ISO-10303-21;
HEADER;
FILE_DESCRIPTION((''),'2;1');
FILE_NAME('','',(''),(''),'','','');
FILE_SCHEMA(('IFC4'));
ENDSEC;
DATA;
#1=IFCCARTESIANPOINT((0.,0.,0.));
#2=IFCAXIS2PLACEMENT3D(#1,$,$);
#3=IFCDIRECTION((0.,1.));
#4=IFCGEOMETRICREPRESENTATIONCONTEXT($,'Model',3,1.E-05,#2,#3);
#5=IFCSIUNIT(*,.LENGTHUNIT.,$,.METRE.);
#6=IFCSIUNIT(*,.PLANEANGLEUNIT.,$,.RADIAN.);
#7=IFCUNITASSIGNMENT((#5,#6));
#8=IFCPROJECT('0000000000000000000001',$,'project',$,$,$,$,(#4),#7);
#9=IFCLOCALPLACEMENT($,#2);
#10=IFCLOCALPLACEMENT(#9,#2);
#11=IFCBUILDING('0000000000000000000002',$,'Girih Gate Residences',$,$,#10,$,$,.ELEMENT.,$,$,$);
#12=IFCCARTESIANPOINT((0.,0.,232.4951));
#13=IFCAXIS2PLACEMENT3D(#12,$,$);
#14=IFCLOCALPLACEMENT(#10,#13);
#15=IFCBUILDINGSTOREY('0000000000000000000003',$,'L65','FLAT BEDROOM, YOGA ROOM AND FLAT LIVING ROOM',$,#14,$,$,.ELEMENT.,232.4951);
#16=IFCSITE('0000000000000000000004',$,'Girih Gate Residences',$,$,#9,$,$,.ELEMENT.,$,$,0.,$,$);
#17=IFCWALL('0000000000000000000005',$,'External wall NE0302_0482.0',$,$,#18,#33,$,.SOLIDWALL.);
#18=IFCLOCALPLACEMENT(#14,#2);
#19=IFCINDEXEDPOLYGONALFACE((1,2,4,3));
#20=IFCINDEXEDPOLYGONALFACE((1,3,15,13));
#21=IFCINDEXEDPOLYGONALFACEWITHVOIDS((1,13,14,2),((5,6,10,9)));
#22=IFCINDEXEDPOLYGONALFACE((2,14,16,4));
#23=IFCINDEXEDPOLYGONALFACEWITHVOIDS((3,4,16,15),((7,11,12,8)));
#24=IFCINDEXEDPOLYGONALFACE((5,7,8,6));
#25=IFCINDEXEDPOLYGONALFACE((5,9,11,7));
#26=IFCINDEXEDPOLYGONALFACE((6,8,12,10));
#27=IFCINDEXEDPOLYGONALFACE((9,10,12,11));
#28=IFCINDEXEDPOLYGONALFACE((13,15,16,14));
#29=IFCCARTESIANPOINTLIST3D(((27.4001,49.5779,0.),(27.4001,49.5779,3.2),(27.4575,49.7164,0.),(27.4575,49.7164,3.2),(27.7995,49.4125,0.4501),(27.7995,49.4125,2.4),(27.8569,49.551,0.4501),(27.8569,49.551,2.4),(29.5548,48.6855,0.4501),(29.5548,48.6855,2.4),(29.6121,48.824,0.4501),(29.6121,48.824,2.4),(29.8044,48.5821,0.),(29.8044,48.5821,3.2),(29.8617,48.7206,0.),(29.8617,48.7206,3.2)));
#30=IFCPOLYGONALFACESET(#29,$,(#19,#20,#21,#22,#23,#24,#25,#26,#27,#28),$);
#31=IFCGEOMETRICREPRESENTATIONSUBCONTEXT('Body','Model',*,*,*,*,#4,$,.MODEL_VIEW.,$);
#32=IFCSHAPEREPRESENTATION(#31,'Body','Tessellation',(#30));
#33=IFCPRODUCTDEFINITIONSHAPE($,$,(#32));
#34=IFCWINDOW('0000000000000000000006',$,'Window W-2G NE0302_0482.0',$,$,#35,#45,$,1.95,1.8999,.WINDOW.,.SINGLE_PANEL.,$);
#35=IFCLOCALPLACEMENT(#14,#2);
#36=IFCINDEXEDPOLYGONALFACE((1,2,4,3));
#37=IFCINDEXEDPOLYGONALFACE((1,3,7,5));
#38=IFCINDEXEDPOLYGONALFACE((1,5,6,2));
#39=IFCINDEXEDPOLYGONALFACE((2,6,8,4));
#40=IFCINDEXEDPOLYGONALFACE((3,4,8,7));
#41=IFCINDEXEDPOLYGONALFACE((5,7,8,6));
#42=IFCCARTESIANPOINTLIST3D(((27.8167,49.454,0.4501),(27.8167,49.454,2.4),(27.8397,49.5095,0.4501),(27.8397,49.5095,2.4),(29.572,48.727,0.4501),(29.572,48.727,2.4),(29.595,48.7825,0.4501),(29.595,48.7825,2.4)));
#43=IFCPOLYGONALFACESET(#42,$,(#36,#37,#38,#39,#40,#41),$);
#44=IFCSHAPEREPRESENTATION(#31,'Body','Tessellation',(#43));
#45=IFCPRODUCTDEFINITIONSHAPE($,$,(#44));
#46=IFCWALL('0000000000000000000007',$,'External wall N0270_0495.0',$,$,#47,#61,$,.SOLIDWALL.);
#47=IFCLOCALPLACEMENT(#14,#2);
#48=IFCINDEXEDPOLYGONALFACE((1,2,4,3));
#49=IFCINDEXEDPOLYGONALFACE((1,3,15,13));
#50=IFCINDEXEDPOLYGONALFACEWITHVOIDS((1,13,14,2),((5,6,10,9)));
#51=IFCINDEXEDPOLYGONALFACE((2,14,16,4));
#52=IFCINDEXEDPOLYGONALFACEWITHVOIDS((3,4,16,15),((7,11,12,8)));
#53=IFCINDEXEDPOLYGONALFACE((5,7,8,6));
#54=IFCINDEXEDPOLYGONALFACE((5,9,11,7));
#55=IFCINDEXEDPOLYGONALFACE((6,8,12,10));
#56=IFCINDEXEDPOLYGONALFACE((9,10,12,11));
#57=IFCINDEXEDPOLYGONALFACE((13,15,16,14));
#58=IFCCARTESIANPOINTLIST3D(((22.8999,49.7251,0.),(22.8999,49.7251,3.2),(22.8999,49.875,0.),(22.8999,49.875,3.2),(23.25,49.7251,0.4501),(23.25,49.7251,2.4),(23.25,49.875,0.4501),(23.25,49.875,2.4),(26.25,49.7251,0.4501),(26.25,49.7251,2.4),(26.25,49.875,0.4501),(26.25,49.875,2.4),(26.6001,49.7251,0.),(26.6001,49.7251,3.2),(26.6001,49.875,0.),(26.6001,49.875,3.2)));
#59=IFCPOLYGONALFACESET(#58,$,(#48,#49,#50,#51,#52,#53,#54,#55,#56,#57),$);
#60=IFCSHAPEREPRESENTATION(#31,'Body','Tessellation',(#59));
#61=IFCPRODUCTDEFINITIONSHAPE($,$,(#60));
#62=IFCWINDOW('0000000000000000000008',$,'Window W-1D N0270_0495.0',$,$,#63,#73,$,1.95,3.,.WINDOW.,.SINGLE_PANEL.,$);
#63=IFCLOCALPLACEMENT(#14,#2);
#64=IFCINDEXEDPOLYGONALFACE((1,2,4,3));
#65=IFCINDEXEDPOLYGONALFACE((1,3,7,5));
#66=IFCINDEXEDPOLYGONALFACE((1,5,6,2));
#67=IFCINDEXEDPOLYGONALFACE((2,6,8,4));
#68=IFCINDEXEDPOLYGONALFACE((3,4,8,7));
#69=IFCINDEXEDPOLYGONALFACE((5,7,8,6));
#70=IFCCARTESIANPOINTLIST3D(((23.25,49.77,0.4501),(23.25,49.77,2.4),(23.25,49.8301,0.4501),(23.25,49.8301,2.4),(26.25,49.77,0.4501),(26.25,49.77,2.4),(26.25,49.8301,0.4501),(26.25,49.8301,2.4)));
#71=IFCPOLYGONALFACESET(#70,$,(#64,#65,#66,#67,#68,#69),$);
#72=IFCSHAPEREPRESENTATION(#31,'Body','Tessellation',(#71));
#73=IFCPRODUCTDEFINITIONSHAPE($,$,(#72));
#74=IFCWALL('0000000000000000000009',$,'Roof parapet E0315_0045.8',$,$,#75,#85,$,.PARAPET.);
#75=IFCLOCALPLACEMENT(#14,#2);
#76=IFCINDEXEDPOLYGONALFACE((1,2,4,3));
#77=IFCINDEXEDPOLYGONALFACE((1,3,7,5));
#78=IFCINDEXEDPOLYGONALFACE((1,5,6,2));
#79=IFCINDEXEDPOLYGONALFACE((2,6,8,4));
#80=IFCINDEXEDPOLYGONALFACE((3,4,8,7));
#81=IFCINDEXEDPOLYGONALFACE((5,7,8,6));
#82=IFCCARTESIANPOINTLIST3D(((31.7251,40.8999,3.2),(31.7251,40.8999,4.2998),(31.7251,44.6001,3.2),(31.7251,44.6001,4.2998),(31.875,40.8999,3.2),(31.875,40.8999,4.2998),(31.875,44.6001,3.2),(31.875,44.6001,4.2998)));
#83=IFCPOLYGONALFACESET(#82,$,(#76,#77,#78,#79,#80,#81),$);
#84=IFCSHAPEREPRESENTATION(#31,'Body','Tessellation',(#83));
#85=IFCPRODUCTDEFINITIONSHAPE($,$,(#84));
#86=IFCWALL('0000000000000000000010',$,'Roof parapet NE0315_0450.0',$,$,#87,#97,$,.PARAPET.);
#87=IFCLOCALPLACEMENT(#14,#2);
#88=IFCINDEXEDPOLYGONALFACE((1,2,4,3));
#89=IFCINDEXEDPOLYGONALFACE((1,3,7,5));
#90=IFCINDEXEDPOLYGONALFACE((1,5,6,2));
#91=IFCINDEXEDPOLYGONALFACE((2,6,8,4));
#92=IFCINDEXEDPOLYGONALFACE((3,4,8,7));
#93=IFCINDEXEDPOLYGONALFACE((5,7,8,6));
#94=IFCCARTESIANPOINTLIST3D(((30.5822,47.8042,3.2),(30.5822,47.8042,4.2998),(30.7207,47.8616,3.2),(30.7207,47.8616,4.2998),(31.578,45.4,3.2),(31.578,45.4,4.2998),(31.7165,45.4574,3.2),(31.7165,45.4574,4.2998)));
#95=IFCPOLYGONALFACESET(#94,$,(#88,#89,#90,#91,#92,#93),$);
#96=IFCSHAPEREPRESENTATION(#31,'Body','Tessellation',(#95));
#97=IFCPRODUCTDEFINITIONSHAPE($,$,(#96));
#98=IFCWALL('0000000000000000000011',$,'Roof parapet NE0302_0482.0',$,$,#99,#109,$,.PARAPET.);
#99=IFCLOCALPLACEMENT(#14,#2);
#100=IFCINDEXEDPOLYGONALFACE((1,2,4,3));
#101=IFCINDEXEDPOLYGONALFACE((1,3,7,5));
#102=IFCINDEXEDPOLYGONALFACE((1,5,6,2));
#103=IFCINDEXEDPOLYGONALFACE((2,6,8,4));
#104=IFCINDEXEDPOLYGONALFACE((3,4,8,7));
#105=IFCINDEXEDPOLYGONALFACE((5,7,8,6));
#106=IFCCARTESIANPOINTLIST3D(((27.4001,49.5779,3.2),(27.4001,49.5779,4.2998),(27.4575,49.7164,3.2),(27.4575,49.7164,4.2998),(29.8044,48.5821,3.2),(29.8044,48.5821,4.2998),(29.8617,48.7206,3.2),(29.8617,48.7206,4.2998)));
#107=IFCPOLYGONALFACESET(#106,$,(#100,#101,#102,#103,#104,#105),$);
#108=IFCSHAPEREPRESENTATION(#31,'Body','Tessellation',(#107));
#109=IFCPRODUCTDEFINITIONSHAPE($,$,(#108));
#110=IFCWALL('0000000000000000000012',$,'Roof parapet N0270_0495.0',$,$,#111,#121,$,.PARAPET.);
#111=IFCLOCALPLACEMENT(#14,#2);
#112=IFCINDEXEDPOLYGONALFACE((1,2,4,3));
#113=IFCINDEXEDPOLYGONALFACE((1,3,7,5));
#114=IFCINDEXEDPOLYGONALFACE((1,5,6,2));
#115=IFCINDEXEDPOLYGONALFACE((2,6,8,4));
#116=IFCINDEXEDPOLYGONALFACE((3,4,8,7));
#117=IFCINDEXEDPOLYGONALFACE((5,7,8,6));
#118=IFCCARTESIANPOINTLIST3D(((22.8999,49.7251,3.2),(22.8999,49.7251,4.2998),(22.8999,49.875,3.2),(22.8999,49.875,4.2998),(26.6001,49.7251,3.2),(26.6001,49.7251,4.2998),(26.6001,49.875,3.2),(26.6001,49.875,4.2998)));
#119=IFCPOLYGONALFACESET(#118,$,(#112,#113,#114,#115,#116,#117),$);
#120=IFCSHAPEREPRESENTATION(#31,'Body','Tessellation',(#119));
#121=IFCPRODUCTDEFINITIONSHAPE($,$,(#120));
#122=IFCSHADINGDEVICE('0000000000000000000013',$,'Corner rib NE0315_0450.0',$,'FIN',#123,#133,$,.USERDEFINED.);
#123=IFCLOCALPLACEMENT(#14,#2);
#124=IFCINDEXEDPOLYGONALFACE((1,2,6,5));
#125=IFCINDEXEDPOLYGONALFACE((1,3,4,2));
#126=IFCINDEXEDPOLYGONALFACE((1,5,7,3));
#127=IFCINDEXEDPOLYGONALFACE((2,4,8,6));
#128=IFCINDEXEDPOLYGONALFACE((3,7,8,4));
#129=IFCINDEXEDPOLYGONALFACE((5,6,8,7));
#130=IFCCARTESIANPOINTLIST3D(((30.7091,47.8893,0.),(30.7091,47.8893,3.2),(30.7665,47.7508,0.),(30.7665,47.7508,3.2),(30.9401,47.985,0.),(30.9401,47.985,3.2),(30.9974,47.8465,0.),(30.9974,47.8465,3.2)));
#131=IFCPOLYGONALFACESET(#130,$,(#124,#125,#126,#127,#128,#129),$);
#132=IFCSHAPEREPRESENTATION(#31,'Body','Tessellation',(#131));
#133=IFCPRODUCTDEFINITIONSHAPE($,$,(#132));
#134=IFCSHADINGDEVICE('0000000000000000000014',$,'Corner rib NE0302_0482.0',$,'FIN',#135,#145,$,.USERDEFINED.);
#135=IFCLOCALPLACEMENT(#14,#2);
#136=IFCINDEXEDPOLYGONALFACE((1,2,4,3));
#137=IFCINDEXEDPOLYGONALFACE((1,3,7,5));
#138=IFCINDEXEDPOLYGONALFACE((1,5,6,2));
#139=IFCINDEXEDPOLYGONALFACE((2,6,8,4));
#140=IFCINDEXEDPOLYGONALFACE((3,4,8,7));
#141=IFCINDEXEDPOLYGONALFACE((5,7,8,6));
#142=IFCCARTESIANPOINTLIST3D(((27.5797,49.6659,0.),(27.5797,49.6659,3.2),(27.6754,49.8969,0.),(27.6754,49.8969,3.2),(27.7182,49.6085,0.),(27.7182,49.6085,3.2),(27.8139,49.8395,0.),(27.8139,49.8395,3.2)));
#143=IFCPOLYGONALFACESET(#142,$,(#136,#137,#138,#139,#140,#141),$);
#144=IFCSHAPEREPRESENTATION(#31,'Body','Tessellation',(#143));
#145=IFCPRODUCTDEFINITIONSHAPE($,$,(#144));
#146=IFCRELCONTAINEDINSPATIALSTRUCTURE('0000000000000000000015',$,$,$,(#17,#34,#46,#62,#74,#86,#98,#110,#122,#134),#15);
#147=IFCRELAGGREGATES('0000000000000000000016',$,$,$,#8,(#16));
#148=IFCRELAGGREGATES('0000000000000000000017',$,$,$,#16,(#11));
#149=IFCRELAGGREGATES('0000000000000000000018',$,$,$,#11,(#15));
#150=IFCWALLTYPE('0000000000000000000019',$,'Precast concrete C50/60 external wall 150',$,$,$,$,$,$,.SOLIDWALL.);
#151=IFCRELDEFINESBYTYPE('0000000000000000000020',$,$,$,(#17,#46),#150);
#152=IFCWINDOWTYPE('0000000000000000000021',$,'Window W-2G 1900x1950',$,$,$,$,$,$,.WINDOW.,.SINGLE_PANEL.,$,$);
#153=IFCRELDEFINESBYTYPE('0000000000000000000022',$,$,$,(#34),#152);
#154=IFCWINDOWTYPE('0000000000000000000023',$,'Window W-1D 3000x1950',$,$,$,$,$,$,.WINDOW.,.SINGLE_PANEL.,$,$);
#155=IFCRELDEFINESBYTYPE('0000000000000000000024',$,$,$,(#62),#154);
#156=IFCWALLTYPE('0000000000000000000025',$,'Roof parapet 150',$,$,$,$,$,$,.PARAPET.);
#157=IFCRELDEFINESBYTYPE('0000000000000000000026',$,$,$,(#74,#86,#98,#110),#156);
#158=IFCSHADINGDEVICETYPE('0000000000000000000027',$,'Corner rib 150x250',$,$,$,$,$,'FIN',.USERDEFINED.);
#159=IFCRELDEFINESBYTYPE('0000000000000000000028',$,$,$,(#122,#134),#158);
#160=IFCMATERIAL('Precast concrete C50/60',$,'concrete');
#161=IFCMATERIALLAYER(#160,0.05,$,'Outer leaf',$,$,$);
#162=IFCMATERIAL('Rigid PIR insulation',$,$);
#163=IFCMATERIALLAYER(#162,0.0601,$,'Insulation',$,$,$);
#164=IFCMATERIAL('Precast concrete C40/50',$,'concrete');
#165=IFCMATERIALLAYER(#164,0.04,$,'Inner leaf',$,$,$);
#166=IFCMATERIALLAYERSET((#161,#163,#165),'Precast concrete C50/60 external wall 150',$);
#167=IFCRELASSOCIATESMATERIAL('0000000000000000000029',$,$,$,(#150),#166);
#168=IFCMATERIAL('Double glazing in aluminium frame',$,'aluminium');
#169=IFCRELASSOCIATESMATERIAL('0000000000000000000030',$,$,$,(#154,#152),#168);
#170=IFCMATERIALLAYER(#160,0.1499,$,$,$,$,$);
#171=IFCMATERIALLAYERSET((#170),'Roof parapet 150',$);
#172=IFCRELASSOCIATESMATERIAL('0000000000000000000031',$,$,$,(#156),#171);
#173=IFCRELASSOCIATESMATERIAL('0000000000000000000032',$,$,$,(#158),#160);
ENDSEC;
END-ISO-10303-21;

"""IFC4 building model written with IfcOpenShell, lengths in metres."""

from ifc_helpers import new_model, si_unit, direction, frame, frame_2d, origin, origin_2d, place, context, subcontext, project, spatial, rectangle, extrude, material, layer, layer_set, type_object, element, fill, save


model = new_model("IFC4")

# Units and contexts
model_context = context("Model", 3, precision=1e-05, world=origin(), true_north=direction((0.0, 1.0)))
body_context = subcontext(model_context, "Body", "Model", "MODEL_VIEW")
ifc_project = project(units=[si_unit("LENGTHUNIT", "METRE"), si_unit("PLANEANGLEUNIT", "RADIAN")], contexts=[model_context])

# Site, building, storey
site_placement = place(None, origin())
site = spatial("IfcSite", under=ifc_project, at=site_placement, Name="Girih Gate Residences", CompositionType="ELEMENT", RefElevation=0.0)
building_placement = place(site_placement, origin())
building = spatial("IfcBuilding", under=site, at=building_placement, Name="Girih Gate Residences", CompositionType="ELEMENT")
storey_placement = place(building_placement, frame((0.0, 0.0, 232.4951)))
storey = spatial("IfcBuildingStorey", under=building, at=storey_placement, Name="L65", Description="FLAT BEDROOM, YOGA ROOM AND FLAT LIVING ROOM", CompositionType="ELEMENT", Elevation=232.4951)

# Walls, openings, windows
ifc_material_1 = material(Name="Precast concrete C50/60", Category="concrete")
ifc_layer_1 = layer(ifc_material_1, 0.05, Name="Outer leaf")
ifc_material_2 = material(Name="Rigid PIR insulation")
ifc_layer_2 = layer(ifc_material_2, 0.0601, Name="Insulation")
ifc_material_3 = material(Name="Precast concrete C40/50", Category="concrete")
ifc_layer_3 = layer(ifc_material_3, 0.04, Name="Inner leaf")
ifc_layer_set_1 = layer_set([ifc_layer_1, ifc_layer_2, ifc_layer_3], Name="Precast concrete C50/60 external wall 150")
wall_type_1 = type_object("IfcWallType", Name="Precast concrete C50/60 external wall 150", PredefinedType="SOLIDWALL", material=ifc_layer_set_1)
ifc_material_4 = material(Name="Double glazing in aluminium frame", Category="aluminium")
window_type_1 = type_object("IfcWindowType", Name="Window W-1D 3000x1950", PartitioningType="SINGLE_PANEL", PredefinedType="WINDOW", material=ifc_material_4)
window_type_2 = type_object("IfcWindowType", Name="Window W-2G 1900x1950", PartitioningType="SINGLE_PANEL", PredefinedType="WINDOW", material=ifc_material_4)
wall_1_placement = place(storey_placement, frame((27.4287, 49.6472, 0.0), z_axis=(0.0, 0.0, 1.0), x_axis=(0.923885, -0.382669, 0.0)))
wall_1 = element("IfcWall", 1, at=wall_1_placement, inside=storey, type_object=wall_type_1, Name="External wall NE0302_0482.0", PredefinedType="SOLIDWALL", context=body_context, shape_type="SweptSolid", body=[
    extrude(rectangle(XDim=2.6023, YDim=0.1499, at=frame_2d((1.3013, 0.0))), origin(), (0.0, 0.0, 1.0), 3.2),
])
opening_1_placement = place(wall_1_placement, frame((0.4324, 0.0, 0.45)))
opening_1 = element("IfcOpeningElement", 2, at=opening_1_placement, cuts=wall_1, PredefinedType="OPENING", context=body_context, shape_type="SweptSolid", body=[
    extrude(rectangle(XDim=1.8999, YDim=1.95, at=frame_2d((0.95, 0.9751))), frame((0.0, 0.085, 0.0), z_axis=(0.0, -1.0, 0.0), x_axis=(1.0, 0.0, 0.0)), (0.0, 0.0, 1.0), 0.1699),
])
window_1_placement = place(opening_1_placement, origin())
window_1 = element("IfcWindow", 3, at=window_1_placement, inside=storey, type_object=window_type_2, Name="Window W-2G NE0302_0482.0", OverallHeight=1.95, OverallWidth=1.8999, PartitioningType="SINGLE_PANEL", PredefinedType="WINDOW", context=body_context, shape_type="SweptSolid", body=[
    extrude(rectangle(XDim=1.8999, YDim=1.95, at=frame_2d((0.95, 0.9751))), frame((0.0, 0.03, 0.0), z_axis=(0.0, -1.0, 0.0), x_axis=(1.0, 0.0, 0.0)), (0.0, 0.0, 1.0), 0.0601),
])
fill(opening_1, window_1)
wall_2_placement = place(storey_placement, frame((22.8999, 49.8, 0.0), z_axis=(0.0, 0.0, 1.0), x_axis=(1.0, 0.0, 0.0)))
wall_2 = element("IfcWall", 4, at=wall_2_placement, inside=storey, type_object=wall_type_1, Name="External wall N0270_0495.0", PredefinedType="SOLIDWALL", context=body_context, shape_type="SweptSolid", body=[
    extrude(rectangle(XDim=3.7002, YDim=0.1499, at=frame_2d((1.8501, 0.0))), origin(), (0.0, 0.0, 1.0), 3.2),
])
opening_2_placement = place(wall_2_placement, frame((0.3501, 0.0, 0.45)))
opening_2 = element("IfcOpeningElement", 5, at=opening_2_placement, cuts=wall_2, PredefinedType="OPENING", context=body_context, shape_type="SweptSolid", body=[
    extrude(rectangle(XDim=3.0, YDim=1.95, at=frame_2d((1.5, 0.9751))), frame((0.0, 0.085, 0.0), z_axis=(0.0, -1.0, 0.0), x_axis=(1.0, 0.0, 0.0)), (0.0, 0.0, 1.0), 0.1699),
])
window_2_placement = place(opening_2_placement, origin())
window_2 = element("IfcWindow", 6, at=window_2_placement, inside=storey, type_object=window_type_1, Name="Window W-1D N0270_0495.0", OverallHeight=1.95, OverallWidth=3.0, PartitioningType="SINGLE_PANEL", PredefinedType="WINDOW", context=body_context, shape_type="SweptSolid", body=[
    extrude(rectangle(XDim=3.0, YDim=1.95, at=frame_2d((1.5, 0.9751))), frame((0.0, 0.03, 0.0), z_axis=(0.0, -1.0, 0.0), x_axis=(1.0, 0.0, 0.0)), (0.0, 0.0, 1.0), 0.0601),
])
fill(opening_2, window_2)

# Walls
ifc_layer_4 = layer(ifc_material_1, 0.1499)
ifc_layer_set_2 = layer_set([ifc_layer_4], Name="Roof parapet 150")
wall_type_2 = type_object("IfcWallType", Name="Roof parapet 150", PredefinedType="PARAPET", material=ifc_layer_set_2)
wall_3_placement = place(storey_placement, frame((31.8, 44.6001, 3.2), z_axis=(0.0, 0.0, 1.0), x_axis=(0.0, -1.0, 0.0)))
element("IfcWall", 7, at=wall_3_placement, inside=storey, type_object=wall_type_2, Name="Roof parapet E0315_0045.8", PredefinedType="PARAPET", context=body_context, shape_type="SweptSolid", body=[
    extrude(rectangle(XDim=3.7002, YDim=0.1499, at=frame_2d((1.8501, 0.0))), origin(), (0.0, 0.0, 1.0), 1.0999),
])
for number, where, z_axis, x_axis, name in (
    (8, (30.6514, 47.833, 3.2), (0.0, 0.0, 1.0), (0.382669, -0.923885, 0.0), "Roof parapet NE0315_0450.0"),
    (9, (27.4287, 49.6472, 3.2), (0.0, 0.0, 1.0), (0.923885, -0.382669, 0.0), "Roof parapet NE0302_0482.0"),
):
    element("IfcWall", number, at=place(storey_placement, frame(where, z_axis=z_axis, x_axis=x_axis)), inside=storey, type_object=wall_type_2, Name=name, PredefinedType="PARAPET", context=body_context, shape_type="SweptSolid", body=[
        extrude(rectangle(XDim=2.6023, YDim=0.1499, at=frame_2d((1.3013, 0.0))), origin(), (0.0, 0.0, 1.0), 1.0999),
    ])
wall_4_placement = place(storey_placement, frame((22.8999, 49.8, 3.2), z_axis=(0.0, 0.0, 1.0), x_axis=(1.0, 0.0, 0.0)))
element("IfcWall", 10, at=wall_4_placement, inside=storey, type_object=wall_type_2, Name="Roof parapet N0270_0495.0", PredefinedType="PARAPET", context=body_context, shape_type="SweptSolid", body=[
    extrude(rectangle(XDim=3.7002, YDim=0.1499, at=frame_2d((1.8501, 0.0))), origin(), (0.0, 0.0, 1.0), 1.0999),
])

# Shading devices
shading_device_type = type_object("IfcShadingDeviceType", Name="Corner rib 150x250", ElementType="FIN", PredefinedType="USERDEFINED", material=ifc_material_1)
for number, where, z_axis, x_axis, name in (
    (11, (30.8533, 47.8679, 0.0), (0.0, 0.0, 1.0), (-0.382683, 0.92388, 0.0), "Corner rib NE0315_0450.0"),
    (12, (27.6968, 49.7527, 0.0), (0.0, 0.0, 1.0), (-0.92388, 0.382683, 0.0), "Corner rib NE0302_0482.0"),
):
    element("IfcShadingDevice", number, at=place(storey_placement, frame(where, z_axis=z_axis, x_axis=x_axis)), inside=storey, type_object=shading_device_type, Name=name, ObjectType="FIN", PredefinedType="USERDEFINED", context=body_context, shape_type="SweptSolid", body=[
        extrude(rectangle(XDim=0.1499, YDim=0.25, at=origin_2d()), origin(), (0.0, 0.0, 1.0), 3.2),
    ])

save(model, "model.ifc")
